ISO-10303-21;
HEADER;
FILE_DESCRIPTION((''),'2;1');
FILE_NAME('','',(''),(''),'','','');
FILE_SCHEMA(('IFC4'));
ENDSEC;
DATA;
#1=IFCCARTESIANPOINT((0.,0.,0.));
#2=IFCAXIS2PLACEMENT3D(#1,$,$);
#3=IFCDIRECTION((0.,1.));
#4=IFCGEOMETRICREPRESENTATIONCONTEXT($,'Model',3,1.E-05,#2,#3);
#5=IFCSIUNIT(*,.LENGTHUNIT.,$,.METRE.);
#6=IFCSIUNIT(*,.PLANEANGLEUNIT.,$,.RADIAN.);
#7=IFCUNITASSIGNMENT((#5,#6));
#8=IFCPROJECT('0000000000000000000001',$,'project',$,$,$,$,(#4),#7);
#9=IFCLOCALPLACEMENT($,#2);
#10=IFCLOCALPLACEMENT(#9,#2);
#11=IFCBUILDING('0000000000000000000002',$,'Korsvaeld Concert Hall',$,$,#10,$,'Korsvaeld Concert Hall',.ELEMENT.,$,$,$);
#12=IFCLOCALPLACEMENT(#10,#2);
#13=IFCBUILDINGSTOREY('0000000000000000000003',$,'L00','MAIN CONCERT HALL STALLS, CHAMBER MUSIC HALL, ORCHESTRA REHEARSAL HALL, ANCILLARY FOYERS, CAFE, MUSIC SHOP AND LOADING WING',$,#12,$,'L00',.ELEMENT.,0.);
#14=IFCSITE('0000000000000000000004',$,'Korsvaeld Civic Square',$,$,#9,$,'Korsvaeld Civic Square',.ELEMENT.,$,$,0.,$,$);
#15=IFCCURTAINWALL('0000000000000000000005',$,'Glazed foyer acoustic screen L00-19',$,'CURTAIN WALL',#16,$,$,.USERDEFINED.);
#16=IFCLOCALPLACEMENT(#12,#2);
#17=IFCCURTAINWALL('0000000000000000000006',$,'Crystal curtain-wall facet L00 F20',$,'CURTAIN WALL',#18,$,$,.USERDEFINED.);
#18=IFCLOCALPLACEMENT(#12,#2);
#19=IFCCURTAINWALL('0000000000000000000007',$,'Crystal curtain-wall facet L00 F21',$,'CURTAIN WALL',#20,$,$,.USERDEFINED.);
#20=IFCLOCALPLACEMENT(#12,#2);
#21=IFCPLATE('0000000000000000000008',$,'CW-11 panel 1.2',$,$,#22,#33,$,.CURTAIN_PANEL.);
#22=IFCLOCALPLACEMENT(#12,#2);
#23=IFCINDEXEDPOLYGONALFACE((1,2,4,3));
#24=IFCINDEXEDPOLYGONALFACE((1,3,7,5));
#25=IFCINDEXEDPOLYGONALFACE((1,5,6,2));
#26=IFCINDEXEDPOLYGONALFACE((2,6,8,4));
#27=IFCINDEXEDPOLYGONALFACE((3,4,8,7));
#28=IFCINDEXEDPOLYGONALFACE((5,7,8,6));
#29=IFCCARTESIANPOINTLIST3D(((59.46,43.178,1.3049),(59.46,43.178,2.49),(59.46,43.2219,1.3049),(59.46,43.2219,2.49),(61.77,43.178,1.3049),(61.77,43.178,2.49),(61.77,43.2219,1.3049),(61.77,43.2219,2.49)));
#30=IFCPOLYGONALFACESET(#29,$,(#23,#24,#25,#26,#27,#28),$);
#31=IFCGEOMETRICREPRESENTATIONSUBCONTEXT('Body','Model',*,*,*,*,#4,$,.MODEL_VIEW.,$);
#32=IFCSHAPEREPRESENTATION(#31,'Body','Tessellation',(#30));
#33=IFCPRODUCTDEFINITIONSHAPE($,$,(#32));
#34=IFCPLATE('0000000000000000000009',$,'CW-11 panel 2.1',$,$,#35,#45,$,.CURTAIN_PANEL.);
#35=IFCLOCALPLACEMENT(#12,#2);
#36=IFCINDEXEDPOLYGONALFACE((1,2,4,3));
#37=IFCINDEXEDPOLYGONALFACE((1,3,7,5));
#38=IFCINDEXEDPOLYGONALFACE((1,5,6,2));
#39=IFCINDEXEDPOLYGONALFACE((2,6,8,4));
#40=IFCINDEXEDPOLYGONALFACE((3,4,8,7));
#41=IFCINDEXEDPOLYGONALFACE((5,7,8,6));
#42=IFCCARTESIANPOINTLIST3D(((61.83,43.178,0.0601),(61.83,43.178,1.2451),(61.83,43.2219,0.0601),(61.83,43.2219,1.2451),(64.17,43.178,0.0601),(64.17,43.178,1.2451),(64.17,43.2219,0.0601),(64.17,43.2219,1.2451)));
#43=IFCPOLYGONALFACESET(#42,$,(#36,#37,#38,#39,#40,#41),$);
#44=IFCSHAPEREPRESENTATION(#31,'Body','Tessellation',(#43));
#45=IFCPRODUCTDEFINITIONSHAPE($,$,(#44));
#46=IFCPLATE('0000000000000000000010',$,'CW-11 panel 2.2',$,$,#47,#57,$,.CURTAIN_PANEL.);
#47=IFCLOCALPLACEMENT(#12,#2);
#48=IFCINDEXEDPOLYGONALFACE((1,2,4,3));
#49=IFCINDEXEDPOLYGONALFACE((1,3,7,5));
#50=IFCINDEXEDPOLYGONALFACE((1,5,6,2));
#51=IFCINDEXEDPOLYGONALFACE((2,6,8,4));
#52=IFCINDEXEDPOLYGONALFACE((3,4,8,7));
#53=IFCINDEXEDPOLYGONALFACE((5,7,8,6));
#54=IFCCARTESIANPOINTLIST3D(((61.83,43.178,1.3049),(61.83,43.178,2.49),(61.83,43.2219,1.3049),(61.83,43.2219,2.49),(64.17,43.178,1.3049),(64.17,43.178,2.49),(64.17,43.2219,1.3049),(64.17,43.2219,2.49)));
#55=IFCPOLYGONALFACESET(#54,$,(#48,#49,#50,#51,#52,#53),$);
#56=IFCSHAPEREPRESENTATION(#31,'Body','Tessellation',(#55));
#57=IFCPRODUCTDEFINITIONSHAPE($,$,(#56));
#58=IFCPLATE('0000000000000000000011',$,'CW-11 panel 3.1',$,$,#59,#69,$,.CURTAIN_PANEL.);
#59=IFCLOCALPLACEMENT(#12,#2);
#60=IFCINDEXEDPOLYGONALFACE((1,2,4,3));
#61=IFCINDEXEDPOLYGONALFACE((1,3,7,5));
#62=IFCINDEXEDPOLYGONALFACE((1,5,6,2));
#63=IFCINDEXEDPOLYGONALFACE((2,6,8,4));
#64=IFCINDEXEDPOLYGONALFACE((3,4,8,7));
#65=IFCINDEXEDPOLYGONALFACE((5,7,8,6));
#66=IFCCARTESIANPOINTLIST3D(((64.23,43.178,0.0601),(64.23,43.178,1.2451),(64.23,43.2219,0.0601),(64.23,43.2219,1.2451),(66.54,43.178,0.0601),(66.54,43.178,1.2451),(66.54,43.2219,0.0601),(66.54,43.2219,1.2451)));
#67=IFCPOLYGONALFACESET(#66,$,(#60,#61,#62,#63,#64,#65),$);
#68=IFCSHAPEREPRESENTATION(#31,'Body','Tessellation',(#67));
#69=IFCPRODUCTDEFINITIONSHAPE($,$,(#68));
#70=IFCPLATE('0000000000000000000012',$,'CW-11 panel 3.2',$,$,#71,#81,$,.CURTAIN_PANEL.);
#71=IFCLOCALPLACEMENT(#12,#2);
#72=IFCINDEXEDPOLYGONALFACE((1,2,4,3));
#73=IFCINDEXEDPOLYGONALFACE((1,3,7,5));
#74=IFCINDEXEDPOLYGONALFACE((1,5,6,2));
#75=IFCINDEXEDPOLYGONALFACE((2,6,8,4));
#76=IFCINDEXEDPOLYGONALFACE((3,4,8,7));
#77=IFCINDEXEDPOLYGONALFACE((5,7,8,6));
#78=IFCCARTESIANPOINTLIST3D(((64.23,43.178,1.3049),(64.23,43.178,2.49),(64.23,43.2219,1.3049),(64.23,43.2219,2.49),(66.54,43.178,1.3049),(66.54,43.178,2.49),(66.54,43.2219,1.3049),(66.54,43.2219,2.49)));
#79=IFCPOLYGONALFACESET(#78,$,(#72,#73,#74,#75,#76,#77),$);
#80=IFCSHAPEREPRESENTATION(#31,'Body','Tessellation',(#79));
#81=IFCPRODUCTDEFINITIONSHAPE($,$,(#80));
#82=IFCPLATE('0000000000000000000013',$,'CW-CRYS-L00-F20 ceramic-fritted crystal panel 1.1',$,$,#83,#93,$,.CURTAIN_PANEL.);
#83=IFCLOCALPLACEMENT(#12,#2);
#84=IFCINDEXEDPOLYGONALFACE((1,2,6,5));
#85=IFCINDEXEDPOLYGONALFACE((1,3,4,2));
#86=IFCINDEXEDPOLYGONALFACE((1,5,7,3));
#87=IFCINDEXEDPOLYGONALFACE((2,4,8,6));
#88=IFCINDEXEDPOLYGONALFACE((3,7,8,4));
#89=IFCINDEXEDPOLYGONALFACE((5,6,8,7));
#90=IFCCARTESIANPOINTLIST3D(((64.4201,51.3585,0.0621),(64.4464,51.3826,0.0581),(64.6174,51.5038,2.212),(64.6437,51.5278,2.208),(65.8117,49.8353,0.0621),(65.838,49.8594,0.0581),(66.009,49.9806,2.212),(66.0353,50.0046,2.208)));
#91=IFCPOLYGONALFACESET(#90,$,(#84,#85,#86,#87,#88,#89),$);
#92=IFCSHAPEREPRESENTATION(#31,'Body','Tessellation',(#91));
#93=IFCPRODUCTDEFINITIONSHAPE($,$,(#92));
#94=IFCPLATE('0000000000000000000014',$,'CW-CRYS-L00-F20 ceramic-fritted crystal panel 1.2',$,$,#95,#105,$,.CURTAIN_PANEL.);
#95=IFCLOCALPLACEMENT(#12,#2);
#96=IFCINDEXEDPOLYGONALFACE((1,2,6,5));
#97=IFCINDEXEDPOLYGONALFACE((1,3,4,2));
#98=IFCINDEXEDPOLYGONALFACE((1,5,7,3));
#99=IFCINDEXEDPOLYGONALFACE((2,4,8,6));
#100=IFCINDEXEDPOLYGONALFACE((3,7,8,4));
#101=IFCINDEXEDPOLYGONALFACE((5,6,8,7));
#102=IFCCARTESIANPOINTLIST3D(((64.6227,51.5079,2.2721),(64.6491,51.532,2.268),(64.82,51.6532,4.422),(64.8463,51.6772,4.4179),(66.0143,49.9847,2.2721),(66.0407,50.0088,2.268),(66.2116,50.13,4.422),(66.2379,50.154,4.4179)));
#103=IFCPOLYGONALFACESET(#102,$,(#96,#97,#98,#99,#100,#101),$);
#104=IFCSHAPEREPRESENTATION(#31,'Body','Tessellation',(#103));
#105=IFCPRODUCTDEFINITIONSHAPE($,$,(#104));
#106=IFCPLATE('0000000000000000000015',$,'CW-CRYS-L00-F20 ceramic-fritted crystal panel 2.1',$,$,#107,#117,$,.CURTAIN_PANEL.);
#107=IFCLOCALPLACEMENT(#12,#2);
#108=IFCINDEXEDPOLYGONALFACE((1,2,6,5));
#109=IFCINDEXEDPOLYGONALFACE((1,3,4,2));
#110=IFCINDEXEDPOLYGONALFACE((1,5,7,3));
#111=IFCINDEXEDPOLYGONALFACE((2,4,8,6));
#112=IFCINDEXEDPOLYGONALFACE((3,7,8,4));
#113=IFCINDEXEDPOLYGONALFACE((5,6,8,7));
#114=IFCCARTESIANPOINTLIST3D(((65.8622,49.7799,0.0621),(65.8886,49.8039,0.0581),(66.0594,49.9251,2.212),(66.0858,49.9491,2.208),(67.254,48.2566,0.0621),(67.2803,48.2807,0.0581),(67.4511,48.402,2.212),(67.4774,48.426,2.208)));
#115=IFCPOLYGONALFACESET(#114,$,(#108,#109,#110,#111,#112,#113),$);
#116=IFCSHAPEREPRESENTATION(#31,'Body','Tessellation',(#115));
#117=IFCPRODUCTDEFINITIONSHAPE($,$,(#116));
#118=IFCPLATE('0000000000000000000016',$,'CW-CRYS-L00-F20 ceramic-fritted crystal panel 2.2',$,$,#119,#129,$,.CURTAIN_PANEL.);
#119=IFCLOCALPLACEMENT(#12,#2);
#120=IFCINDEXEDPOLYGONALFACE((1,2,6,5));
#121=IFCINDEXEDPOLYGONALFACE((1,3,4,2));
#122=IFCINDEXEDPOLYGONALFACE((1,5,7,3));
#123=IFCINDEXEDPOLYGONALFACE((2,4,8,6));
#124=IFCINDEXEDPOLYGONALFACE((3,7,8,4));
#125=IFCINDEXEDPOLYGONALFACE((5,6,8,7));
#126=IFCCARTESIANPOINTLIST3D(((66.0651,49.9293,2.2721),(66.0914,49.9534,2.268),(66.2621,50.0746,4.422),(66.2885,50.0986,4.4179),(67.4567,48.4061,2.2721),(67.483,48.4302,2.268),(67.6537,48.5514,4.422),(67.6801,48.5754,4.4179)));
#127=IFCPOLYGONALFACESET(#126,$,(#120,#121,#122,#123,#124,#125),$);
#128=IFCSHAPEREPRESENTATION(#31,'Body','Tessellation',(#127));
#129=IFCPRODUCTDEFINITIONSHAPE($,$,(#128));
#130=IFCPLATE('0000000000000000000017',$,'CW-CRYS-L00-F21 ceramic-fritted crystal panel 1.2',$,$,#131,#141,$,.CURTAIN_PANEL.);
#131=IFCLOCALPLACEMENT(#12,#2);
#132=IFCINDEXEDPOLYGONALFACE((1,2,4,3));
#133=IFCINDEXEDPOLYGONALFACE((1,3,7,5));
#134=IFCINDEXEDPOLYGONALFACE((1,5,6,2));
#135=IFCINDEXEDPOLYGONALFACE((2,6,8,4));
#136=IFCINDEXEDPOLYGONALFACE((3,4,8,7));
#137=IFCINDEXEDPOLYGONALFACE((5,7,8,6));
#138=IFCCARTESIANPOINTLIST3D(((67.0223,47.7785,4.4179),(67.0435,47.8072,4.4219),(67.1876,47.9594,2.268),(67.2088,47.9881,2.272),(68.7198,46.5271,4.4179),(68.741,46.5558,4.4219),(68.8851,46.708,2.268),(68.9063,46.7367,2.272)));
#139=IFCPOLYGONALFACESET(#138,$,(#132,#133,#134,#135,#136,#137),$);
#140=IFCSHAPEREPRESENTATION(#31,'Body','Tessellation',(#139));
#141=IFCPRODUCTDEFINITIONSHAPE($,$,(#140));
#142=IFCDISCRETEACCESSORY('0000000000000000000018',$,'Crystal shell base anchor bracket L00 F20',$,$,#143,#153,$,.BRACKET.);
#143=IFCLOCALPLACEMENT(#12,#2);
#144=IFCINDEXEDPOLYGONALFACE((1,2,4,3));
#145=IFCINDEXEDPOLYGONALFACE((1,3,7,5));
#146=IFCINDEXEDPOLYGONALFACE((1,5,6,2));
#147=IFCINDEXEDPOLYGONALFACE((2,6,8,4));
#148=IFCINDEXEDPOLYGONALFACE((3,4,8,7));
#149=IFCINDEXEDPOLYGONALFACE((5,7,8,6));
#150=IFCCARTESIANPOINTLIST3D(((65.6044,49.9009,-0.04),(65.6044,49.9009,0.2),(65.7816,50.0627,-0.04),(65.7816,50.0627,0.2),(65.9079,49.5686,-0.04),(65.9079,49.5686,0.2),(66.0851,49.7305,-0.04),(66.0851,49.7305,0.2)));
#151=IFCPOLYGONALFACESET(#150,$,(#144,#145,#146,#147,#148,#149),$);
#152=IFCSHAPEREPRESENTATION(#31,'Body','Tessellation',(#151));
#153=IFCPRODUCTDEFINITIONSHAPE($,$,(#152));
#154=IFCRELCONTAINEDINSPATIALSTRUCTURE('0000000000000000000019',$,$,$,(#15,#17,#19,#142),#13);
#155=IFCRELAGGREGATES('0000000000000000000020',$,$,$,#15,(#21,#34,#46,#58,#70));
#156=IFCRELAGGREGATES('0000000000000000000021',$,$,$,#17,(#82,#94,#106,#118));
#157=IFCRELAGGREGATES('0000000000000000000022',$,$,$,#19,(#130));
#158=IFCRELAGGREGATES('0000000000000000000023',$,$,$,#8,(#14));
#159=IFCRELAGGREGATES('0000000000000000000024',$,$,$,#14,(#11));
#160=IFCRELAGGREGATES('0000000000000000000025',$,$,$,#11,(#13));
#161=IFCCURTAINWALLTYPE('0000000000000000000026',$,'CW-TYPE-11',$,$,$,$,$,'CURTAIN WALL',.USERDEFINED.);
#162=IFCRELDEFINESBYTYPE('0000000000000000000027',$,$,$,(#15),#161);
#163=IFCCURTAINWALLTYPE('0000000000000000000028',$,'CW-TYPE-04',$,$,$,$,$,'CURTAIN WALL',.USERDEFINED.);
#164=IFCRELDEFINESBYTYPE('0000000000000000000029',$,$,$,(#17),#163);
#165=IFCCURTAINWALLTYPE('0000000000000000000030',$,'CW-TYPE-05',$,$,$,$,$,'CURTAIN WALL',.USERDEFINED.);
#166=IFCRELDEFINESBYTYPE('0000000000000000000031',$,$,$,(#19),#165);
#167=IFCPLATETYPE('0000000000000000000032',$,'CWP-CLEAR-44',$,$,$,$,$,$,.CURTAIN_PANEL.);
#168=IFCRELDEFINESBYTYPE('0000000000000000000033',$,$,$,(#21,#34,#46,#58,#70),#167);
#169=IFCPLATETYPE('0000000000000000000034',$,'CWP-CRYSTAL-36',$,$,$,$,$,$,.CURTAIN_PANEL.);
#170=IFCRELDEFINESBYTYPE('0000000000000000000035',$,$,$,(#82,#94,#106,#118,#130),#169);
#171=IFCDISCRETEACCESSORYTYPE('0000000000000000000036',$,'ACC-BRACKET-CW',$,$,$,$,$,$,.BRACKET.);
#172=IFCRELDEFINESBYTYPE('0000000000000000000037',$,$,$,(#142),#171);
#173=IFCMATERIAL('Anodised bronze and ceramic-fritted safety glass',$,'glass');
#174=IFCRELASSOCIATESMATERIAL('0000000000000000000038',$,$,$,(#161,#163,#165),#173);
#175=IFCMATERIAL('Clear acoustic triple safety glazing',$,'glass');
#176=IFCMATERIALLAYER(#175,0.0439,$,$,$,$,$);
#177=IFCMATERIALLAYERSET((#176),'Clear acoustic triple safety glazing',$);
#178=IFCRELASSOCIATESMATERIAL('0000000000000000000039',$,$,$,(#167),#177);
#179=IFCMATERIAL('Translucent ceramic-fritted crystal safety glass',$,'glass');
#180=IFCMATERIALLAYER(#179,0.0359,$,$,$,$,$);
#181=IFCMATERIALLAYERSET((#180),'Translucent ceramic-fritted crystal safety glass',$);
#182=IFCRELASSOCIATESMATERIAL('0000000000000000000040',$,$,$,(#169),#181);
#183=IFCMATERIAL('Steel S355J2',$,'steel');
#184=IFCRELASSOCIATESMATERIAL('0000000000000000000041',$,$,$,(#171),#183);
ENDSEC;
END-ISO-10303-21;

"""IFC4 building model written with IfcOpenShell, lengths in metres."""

from ifc_helpers import new_model, si_unit, direction, frame, origin, origin_2d, place, context, subcontext, project, spatial, polyline, rectangle, outline, extrude, material, layer, layer_set, type_object, element, aggregate, save


model = new_model("IFC4")

# Units and contexts
model_context = context("Model", 3, precision=1e-05, world=origin(), true_north=direction((0.0, 1.0)))
body_context = subcontext(model_context, "Body", "Model", "MODEL_VIEW")
ifc_project = project(units=[si_unit("LENGTHUNIT", "METRE"), si_unit("PLANEANGLEUNIT", "RADIAN")], contexts=[model_context])

# Site, building, storey
site_placement = place(None, origin())
site = spatial("IfcSite", under=ifc_project, at=site_placement, Name="Korsvaeld Civic Square", LongName="Korsvaeld Civic Square", CompositionType="ELEMENT", RefElevation=0.0)
building_placement = place(site_placement, origin())
building = spatial("IfcBuilding", under=site, at=building_placement, Name="Korsvaeld Concert Hall", LongName="Korsvaeld Concert Hall", CompositionType="ELEMENT")
storey_placement = place(building_placement, origin())
storey = spatial("IfcBuildingStorey", under=building, at=storey_placement, Name="L00", Description="MAIN CONCERT HALL STALLS, CHAMBER MUSIC HALL, ORCHESTRA REHEARSAL HALL, ANCILLARY FOYERS, CAFE, MUSIC SHOP AND LOADING WING", LongName="L00", CompositionType="ELEMENT", Elevation=0.0)

# Curtain walls
ifc_material_1 = material(Name="Anodised bronze and ceramic-fritted safety glass", Category="glass")
curtain_wall_type_1 = type_object("IfcCurtainWallType", Name="CW-TYPE-11", ElementType="CURTAIN WALL", PredefinedType="USERDEFINED", material=ifc_material_1)
curtain_wall_1_placement = place(storey_placement, origin())
curtain_wall_1 = element("IfcCurtainWall", 1, at=curtain_wall_1_placement, inside=storey, type_object=curtain_wall_type_1, Name="Glazed foyer acoustic screen L00-19", ObjectType="CURTAIN WALL", PredefinedType="USERDEFINED")
curtain_wall_type_2 = type_object("IfcCurtainWallType", Name="CW-TYPE-04", ElementType="CURTAIN WALL", PredefinedType="USERDEFINED", material=ifc_material_1)
curtain_wall_2_placement = place(storey_placement, origin())
curtain_wall_2 = element("IfcCurtainWall", 2, at=curtain_wall_2_placement, inside=storey, type_object=curtain_wall_type_2, Name="Crystal curtain-wall facet L00 F20", ObjectType="CURTAIN WALL", PredefinedType="USERDEFINED")

# Curtain wall
curtain_wall_type_3 = type_object("IfcCurtainWallType", Name="CW-TYPE-05", ElementType="CURTAIN WALL", PredefinedType="USERDEFINED", material=ifc_material_1)
curtain_wall_3_placement = place(storey_placement, origin())
curtain_wall_3 = element("IfcCurtainWall", 3, at=curtain_wall_3_placement, inside=storey, type_object=curtain_wall_type_3, Name="Crystal curtain-wall facet L00 F21", ObjectType="CURTAIN WALL", PredefinedType="USERDEFINED")

# Plates
ifc_material_2 = material(Name="Clear acoustic triple safety glazing", Category="glass")
ifc_layer_1 = layer(ifc_material_2, 0.0439)
ifc_layer_set_1 = layer_set([ifc_layer_1], Name="Clear acoustic triple safety glazing")
plate_type_1 = type_object("IfcPlateType", Name="CWP-CLEAR-44", PredefinedType="CURTAIN_PANEL", material=ifc_layer_set_1)
plate_1_placement = place(storey_placement, frame((60.615, 43.2, 1.3049), z_axis=(0.0, 0.0, 1.0), x_axis=(1.0, 0.0, 0.0)))
plate_1 = element("IfcPlate", 4, at=plate_1_placement, type_object=plate_type_1, Name="CW-11 panel 1.2", PredefinedType="CURTAIN_PANEL", context=body_context, shape_type="SweptSolid", body=[
    extrude(rectangle(XDim=2.3101, YDim=0.0439, at=origin_2d()), origin(), (0.0, 0.0, 1.0), 1.1851),
])
plate_2_placement = place(storey_placement, frame((63.0, 43.2, 0.0601), z_axis=(0.0, 0.0, 1.0), x_axis=(1.0, 0.0, 0.0)))
plate_2 = element("IfcPlate", 5, at=plate_2_placement, type_object=plate_type_1, Name="CW-11 panel 2.1", PredefinedType="CURTAIN_PANEL", context=body_context, shape_type="SweptSolid", body=[
    extrude(rectangle(XDim=2.3401, YDim=0.0439, at=origin_2d()), origin(), (0.0, 0.0, 1.0), 1.1851),
])
plate_3_placement = place(storey_placement, frame((63.0, 43.2, 1.3049), z_axis=(0.0, 0.0, 1.0), x_axis=(1.0, 0.0, 0.0)))
plate_3 = element("IfcPlate", 6, at=plate_3_placement, type_object=plate_type_1, Name="CW-11 panel 2.2", PredefinedType="CURTAIN_PANEL", context=body_context, shape_type="SweptSolid", body=[
    extrude(rectangle(XDim=2.3401, YDim=0.0439, at=origin_2d()), origin(), (0.0, 0.0, 1.0), 1.1851),
])
plate_4_placement = place(storey_placement, frame((65.385, 43.2, 0.0601), z_axis=(0.0, 0.0, 1.0), x_axis=(1.0, 0.0, 0.0)))
plate_4 = element("IfcPlate", 7, at=plate_4_placement, type_object=plate_type_1, Name="CW-11 panel 3.1", PredefinedType="CURTAIN_PANEL", context=body_context, shape_type="SweptSolid", body=[
    extrude(rectangle(XDim=2.3101, YDim=0.0439, at=origin_2d()), origin(), (0.0, 0.0, 1.0), 1.1851),
])
plate_5_placement = place(storey_placement, frame((65.385, 43.2, 1.3049), z_axis=(0.0, 0.0, 1.0), x_axis=(1.0, 0.0, 0.0)))
plate_5 = element("IfcPlate", 8, at=plate_5_placement, type_object=plate_type_1, Name="CW-11 panel 3.2", PredefinedType="CURTAIN_PANEL", context=body_context, shape_type="SweptSolid", body=[
    extrude(rectangle(XDim=2.3101, YDim=0.0439, at=origin_2d()), origin(), (0.0, 0.0, 1.0), 1.1851),
])
aggregate(curtain_wall_1, [plate_1, plate_2, plate_3, plate_4, plate_5])
ifc_material_3 = material(Name="Translucent ceramic-fritted crystal safety glass", Category="glass")
ifc_layer_2 = layer(ifc_material_3, 0.0359)
ifc_layer_set_2 = layer_set([ifc_layer_2], Name="Translucent ceramic-fritted crystal safety glass")
plate_type_2 = type_object("IfcPlateType", Name="CWP-CRYSTAL-36", PredefinedType="CURTAIN_PANEL", material=ifc_layer_set_2)
plate_6_placement = place(storey_placement, frame((64.4333, 51.3706, 0.0601), z_axis=(-0.733583, -0.670207, 0.112595), x_axis=(0.674497, -0.738278, 0.0)))
plate_6 = element("IfcPlate", 9, at=plate_6_placement, type_object=plate_type_2, Name="CW-CRYS-L00-F20 ceramic-fritted crystal panel 1.1", PredefinedType="CURTAIN_PANEL", context=body_context, shape_type="SweptSolid", body=[
    extrude(outline(polyline([(0.0, 0.0), (2.0632, 0.0), (2.089, 2.1637), (0.0258, 2.1637), (0.0, 0.0)])), frame((0.0, 0.0, 0.0181)), (0.0, 0.0, -1.0), 0.0359),
])
plate_7_placement = place(storey_placement, frame((64.636, 51.52, 2.27), z_axis=(-0.733583, -0.670207, 0.112595), x_axis=(0.674497, -0.738278, 0.0)))
plate_7 = element("IfcPlate", 10, at=plate_7_placement, type_object=plate_type_2, Name="CW-CRYS-L00-F20 ceramic-fritted crystal panel 1.2", PredefinedType="CURTAIN_PANEL", context=body_context, shape_type="SweptSolid", body=[
    extrude(outline(polyline([(0.0, 0.0), (2.0632, 0.0), (2.089, 2.1637), (0.0258, 2.1637), (0.0, 0.0)])), frame((0.0, 0.0, 0.0181)), (0.0, 0.0, -1.0), 0.0359),
])
plate_8_placement = place(storey_placement, frame((65.8755, 49.792, 0.0601), z_axis=(-0.733557, -0.670243, 0.112553), x_axis=(0.674529, -0.738248, 0.000005)))
plate_8 = element("IfcPlate", 11, at=plate_8_placement, type_object=plate_type_2, Name="CW-CRYS-L00-F20 ceramic-fritted crystal panel 2.1", PredefinedType="CURTAIN_PANEL", context=body_context, shape_type="SweptSolid", body=[
    extrude(outline(polyline([(0.0, 0.0), (2.0633, 0.0), (2.089, 2.1636), (0.0258, 2.1637), (0.0, 0.0)])), frame((0.0, 0.0, 0.0181)), (0.0, 0.0, -1.0), 0.0359),
])
plate_9_placement = place(storey_placement, frame((66.0784, 49.9414, 2.27), z_axis=(-0.73359, -0.670214, 0.112512), x_axis=(0.674497, -0.738278, 0.0)))
plate_9 = element("IfcPlate", 12, at=plate_9_placement, type_object=plate_type_2, Name="CW-CRYS-L00-F20 ceramic-fritted crystal panel 2.2", PredefinedType="CURTAIN_PANEL", context=body_context, shape_type="SweptSolid", body=[
    extrude(outline(polyline([(0.0, 0.0), (2.0632, 0.0), (2.0888, 2.1636), (0.0256, 2.1636), (0.0, 0.0)])), frame((0.0, 0.0, 0.0181)), (0.0, 0.0, -1.0), 0.0359),
])
aggregate(curtain_wall_2, [plate_6, plate_7, plate_8, plate_9])
plate_10_placement = place(storey_placement, frame((67.1982, 47.9739, 2.27), z_axis=(-0.589629, -0.799783, -0.11263), x_axis=(0.804905, -0.593404, 0.0)))
plate_10 = element("IfcPlate", 13, at=plate_10_placement, type_object=plate_type_2, Name="CW-CRYS-L00-F21 ceramic-fritted crystal panel 1.2", PredefinedType="CURTAIN_PANEL", context=body_context, shape_type="SweptSolid", body=[
    extrude(outline(polyline([(0.0, 0.0), (2.109, 0.0), (2.0833, 2.1637), (-0.0257, 2.1637), (0.0, 0.0)])), frame((0.0, 0.0, 0.0181)), (0.0, 0.0, -1.0), 0.0359),
])
aggregate(curtain_wall_3, [plate_10])

# Discrete accessory
ifc_material_4 = material(Name="Steel S355J2", Category="steel")
discrete_accessory_type = type_object("IfcDiscreteAccessoryType", Name="ACC-BRACKET-CW", PredefinedType="BRACKET", material=ifc_material_4)
discrete_accessory_placement = place(storey_placement, frame((65.8447, 49.8157, -0.04), z_axis=(0.0, 0.0, 1.0), x_axis=(0.674431, -0.738338, 0.0)))
element("IfcDiscreteAccessory", 14, at=discrete_accessory_placement, inside=storey, type_object=discrete_accessory_type, Name="Crystal shell base anchor bracket L00 F20", PredefinedType="BRACKET", context=body_context, shape_type="SweptSolid", body=[
    extrude(rectangle(XDim=0.45, YDim=0.24, at=origin_2d()), origin(), (0.0, 0.0, 1.0), 0.24),
])

save(model, "model.ifc")
